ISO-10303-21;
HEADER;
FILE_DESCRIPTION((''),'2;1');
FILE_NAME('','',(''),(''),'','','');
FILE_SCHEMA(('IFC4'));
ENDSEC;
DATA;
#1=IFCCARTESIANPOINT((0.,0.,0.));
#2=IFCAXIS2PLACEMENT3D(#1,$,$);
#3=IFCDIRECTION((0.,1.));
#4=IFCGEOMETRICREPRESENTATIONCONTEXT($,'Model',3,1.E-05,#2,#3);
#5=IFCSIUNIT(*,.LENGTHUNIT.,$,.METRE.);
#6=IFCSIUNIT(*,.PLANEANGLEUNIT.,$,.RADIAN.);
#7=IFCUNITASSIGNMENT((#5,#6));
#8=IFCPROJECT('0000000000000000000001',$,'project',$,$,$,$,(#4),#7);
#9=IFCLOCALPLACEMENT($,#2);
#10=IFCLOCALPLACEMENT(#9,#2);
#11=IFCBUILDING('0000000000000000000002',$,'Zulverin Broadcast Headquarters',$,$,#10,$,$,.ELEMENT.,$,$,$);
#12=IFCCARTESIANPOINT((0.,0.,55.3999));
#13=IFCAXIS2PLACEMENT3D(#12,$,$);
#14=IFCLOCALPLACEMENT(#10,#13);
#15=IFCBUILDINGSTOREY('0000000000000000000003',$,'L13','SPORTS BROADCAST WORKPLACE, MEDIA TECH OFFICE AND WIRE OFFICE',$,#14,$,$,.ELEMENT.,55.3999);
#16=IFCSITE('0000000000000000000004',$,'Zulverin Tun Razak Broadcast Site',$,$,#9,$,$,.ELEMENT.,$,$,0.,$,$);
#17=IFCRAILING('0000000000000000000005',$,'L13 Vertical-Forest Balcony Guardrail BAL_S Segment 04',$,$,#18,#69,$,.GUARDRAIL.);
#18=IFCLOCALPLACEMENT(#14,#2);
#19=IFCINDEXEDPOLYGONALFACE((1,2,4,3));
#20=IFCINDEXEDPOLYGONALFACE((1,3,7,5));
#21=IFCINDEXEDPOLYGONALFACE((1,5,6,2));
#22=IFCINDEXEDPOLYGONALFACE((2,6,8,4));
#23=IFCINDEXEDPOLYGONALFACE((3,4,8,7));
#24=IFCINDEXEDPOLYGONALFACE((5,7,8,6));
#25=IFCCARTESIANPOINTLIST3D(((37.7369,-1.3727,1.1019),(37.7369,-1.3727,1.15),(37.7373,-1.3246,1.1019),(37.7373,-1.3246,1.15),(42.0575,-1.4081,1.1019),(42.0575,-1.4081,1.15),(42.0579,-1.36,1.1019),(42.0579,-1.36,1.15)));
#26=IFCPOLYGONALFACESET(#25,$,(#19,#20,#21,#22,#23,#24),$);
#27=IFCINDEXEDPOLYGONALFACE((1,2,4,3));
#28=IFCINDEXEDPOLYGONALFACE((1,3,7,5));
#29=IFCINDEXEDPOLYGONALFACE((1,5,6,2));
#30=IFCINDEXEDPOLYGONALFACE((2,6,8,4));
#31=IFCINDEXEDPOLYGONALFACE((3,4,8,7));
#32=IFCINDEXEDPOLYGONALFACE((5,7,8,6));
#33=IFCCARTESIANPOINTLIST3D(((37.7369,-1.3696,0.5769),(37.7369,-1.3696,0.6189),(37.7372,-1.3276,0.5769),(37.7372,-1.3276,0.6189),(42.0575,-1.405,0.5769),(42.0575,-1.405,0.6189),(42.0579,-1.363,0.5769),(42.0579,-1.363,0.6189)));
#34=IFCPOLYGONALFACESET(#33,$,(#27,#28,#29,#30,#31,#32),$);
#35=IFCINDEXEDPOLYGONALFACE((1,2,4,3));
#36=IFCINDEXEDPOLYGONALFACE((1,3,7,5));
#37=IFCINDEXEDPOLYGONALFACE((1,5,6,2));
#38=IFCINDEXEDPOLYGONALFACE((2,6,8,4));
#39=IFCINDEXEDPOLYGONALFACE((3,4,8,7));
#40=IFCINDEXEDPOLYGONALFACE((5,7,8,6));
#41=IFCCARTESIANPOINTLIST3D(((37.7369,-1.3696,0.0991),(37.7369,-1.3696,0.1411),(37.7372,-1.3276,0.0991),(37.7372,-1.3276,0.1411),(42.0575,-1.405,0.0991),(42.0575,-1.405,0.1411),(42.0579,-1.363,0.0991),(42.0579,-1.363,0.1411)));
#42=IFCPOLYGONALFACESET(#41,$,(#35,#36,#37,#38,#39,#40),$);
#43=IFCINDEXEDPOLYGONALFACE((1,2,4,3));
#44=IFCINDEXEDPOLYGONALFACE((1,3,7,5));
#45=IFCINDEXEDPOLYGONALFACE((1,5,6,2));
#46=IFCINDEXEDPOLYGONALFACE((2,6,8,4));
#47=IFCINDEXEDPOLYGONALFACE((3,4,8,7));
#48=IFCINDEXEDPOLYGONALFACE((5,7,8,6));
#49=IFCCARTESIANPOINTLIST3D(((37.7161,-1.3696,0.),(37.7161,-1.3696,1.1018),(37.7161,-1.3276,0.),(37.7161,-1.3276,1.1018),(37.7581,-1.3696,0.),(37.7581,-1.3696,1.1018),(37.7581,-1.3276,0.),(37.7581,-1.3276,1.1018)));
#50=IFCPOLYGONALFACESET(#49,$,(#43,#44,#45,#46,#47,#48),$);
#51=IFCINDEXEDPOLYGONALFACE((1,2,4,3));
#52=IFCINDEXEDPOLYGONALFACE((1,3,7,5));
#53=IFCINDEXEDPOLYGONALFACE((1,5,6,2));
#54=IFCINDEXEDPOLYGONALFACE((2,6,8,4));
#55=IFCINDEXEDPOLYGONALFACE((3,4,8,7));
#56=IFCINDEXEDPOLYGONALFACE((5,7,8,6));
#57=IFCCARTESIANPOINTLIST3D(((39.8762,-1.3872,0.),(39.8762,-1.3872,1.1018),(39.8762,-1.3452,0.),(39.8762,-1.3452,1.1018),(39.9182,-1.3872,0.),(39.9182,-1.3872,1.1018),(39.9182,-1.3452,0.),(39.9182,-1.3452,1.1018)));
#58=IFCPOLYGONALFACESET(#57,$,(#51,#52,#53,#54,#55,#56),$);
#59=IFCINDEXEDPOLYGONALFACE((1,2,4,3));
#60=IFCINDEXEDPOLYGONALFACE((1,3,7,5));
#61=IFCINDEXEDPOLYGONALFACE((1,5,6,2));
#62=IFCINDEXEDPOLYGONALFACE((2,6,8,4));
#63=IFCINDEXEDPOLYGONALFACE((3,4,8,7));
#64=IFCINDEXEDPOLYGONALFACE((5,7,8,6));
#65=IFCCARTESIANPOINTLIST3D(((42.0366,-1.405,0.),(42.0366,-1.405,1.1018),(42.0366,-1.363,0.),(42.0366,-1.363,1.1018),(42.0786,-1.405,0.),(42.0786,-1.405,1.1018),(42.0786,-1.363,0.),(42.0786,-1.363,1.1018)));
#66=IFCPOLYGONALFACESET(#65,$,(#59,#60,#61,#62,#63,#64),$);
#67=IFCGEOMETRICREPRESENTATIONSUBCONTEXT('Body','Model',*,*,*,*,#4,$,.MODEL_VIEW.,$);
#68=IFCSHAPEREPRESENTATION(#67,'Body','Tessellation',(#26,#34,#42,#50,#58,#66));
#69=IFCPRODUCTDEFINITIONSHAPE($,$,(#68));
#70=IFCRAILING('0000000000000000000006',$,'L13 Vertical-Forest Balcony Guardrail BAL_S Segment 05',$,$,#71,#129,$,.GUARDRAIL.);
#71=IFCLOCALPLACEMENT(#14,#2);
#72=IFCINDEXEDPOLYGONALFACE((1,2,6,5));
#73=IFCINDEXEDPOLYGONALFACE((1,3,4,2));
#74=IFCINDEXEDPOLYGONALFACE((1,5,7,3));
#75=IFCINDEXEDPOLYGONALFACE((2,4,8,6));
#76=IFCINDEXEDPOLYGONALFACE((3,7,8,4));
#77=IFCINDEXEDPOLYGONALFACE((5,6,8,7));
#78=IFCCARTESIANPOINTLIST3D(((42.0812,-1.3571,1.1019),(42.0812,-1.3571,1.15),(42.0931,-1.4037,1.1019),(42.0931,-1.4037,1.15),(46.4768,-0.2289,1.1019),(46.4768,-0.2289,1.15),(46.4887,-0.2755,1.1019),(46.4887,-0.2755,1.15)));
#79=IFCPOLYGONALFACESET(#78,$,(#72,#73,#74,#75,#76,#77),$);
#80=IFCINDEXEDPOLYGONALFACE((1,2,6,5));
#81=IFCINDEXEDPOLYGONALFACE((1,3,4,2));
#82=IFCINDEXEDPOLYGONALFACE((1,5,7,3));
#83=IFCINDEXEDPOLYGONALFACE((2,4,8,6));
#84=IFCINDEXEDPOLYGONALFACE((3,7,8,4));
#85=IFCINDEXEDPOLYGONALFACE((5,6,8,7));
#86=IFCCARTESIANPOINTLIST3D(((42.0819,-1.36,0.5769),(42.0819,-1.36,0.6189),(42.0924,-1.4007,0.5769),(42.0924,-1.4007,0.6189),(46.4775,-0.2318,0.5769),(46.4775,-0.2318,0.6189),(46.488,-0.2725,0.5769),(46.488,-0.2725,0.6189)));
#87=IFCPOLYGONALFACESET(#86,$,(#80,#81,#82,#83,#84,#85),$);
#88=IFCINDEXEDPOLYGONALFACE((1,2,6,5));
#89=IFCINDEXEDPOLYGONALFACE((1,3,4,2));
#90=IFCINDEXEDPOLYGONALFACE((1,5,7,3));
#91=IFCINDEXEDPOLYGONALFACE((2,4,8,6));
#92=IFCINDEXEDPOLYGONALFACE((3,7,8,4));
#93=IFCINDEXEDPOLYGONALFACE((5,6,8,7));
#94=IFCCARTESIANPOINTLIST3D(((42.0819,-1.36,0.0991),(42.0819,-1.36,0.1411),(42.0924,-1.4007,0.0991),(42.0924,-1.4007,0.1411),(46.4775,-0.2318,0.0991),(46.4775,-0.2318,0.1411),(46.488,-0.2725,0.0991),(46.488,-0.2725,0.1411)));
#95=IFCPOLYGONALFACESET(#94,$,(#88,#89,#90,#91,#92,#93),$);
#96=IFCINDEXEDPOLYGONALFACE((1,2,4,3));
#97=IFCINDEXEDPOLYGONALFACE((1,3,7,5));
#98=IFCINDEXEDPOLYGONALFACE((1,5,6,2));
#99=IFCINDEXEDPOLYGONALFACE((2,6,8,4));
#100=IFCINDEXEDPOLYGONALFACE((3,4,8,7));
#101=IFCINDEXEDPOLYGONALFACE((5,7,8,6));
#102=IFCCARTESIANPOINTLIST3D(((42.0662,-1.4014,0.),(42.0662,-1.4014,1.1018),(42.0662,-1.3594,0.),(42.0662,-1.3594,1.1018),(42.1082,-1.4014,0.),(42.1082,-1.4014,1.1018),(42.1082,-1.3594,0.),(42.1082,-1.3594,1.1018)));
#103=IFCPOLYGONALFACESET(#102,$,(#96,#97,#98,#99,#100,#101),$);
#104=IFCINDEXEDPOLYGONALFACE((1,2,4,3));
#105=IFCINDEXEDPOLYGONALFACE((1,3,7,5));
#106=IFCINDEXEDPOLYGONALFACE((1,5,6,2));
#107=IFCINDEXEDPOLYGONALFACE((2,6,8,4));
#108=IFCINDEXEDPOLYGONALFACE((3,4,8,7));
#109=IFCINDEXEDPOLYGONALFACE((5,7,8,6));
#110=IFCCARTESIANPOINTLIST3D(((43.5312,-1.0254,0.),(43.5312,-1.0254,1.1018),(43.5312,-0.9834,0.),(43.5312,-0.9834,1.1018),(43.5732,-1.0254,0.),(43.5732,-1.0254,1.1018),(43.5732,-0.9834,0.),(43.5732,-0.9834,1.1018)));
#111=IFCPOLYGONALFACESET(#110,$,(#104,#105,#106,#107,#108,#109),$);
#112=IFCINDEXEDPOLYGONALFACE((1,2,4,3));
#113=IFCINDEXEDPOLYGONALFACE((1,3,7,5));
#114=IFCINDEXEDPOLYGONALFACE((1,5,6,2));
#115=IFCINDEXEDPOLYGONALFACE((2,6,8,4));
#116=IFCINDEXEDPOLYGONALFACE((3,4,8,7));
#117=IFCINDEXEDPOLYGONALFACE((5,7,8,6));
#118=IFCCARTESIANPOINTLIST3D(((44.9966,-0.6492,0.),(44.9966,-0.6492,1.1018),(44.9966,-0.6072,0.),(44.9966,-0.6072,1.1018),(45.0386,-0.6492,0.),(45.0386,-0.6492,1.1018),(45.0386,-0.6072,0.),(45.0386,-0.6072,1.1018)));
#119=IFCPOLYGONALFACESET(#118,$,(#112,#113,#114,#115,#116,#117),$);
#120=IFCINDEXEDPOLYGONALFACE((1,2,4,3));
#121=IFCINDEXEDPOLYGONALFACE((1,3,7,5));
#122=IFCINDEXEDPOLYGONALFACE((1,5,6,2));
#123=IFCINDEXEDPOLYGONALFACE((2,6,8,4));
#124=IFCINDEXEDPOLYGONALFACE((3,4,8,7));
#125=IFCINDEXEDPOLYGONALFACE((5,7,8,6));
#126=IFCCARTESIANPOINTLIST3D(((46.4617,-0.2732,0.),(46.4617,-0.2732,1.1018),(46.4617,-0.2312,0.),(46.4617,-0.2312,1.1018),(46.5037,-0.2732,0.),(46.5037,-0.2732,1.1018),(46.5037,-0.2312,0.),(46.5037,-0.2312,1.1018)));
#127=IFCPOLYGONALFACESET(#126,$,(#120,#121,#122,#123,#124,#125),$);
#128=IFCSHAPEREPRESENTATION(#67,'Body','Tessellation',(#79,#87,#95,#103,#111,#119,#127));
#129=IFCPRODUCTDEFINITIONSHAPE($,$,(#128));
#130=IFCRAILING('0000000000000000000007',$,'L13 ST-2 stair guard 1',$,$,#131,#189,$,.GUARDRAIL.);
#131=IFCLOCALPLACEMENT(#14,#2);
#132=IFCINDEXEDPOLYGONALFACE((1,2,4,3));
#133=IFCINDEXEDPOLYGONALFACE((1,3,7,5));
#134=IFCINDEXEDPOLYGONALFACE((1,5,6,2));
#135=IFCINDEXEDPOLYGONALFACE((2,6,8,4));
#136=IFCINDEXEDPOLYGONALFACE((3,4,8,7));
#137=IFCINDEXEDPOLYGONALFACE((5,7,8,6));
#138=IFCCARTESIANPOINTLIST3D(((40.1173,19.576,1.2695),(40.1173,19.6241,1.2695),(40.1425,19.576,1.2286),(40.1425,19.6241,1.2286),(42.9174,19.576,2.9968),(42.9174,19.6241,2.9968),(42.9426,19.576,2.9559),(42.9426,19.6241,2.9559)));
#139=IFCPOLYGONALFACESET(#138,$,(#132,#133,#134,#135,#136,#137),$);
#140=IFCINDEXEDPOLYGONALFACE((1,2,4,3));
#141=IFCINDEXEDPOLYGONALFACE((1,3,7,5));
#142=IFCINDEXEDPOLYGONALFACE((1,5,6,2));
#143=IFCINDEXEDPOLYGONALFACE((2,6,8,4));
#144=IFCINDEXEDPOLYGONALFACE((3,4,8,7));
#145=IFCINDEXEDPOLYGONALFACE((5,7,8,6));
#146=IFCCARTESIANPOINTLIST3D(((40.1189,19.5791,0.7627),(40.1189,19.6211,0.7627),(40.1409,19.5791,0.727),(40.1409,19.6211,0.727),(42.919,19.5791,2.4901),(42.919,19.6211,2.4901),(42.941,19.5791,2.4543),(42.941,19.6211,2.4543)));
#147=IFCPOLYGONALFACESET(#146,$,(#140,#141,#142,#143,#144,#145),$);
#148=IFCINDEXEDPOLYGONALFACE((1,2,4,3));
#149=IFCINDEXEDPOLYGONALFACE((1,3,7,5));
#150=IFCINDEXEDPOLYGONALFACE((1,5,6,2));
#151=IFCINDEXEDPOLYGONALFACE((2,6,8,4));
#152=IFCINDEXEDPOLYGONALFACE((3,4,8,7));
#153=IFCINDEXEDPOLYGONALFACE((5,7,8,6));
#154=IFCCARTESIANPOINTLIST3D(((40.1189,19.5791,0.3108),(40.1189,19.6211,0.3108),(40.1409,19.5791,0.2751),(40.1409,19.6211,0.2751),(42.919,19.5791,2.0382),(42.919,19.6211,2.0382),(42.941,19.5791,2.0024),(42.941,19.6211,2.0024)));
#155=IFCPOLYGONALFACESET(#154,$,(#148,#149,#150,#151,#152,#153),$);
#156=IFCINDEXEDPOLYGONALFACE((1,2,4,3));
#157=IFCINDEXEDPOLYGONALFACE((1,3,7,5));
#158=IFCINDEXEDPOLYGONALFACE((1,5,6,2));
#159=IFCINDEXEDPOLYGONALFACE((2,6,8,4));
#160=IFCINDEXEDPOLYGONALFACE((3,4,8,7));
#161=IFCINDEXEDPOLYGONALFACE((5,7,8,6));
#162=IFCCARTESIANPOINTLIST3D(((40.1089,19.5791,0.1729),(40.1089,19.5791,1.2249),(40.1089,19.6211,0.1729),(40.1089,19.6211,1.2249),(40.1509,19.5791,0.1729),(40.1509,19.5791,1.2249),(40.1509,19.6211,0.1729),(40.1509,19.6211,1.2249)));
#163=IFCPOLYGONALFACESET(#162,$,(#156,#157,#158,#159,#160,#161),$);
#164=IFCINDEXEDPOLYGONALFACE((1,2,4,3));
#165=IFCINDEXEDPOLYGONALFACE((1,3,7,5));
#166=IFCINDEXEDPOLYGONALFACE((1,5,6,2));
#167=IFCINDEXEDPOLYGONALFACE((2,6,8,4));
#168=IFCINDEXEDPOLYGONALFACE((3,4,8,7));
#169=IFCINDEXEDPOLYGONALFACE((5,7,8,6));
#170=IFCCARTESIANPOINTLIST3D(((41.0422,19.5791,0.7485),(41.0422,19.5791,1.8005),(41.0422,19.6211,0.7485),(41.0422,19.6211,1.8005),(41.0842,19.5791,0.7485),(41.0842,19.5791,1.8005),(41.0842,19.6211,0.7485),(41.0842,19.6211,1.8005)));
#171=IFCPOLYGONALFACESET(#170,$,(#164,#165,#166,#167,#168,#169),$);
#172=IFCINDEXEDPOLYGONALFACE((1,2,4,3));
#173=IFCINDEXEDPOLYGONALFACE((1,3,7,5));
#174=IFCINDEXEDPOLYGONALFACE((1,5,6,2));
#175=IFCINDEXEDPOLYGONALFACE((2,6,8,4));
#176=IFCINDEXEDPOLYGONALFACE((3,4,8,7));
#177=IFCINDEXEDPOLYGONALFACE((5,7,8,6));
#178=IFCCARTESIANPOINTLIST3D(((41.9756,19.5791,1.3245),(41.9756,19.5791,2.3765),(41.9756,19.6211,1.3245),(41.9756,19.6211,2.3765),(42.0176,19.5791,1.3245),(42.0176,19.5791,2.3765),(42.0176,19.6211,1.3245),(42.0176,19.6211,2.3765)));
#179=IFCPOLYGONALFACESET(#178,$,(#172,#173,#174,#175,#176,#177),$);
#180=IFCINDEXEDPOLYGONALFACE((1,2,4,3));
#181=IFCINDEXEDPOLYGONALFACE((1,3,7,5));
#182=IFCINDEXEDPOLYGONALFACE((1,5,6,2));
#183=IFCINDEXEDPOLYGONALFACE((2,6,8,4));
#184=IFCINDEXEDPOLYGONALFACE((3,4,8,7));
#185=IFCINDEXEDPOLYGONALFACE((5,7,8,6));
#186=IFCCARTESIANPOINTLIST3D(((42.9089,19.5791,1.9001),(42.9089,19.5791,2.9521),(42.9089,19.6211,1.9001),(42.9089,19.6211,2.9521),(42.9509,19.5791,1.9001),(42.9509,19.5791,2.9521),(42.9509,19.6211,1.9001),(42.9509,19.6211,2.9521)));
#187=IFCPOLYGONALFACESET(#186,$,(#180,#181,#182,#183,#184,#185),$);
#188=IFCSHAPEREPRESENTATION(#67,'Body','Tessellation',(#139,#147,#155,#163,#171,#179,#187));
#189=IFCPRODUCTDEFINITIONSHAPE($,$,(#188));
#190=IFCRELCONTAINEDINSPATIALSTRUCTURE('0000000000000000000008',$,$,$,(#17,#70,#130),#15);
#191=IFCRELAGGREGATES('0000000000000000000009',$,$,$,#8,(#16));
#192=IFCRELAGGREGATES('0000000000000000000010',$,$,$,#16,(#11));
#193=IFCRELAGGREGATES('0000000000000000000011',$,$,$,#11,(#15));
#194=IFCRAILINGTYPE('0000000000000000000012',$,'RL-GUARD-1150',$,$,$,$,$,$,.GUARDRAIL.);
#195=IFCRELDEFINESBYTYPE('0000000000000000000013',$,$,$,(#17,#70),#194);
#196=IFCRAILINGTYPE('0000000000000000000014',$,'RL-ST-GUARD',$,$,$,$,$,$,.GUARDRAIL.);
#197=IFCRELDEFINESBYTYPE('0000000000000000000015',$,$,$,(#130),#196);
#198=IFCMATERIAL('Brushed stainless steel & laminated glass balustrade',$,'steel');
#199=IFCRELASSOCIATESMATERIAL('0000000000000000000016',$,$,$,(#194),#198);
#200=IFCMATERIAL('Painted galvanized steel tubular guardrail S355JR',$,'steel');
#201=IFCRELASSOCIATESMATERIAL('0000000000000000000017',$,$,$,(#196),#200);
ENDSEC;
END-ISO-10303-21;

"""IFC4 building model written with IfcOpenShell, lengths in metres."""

from ifc_helpers import new_model, si_unit, direction, frame, origin, origin_2d, place, context, subcontext, project, spatial, rectangle, extrude, material, type_object, element, save


model = new_model("IFC4")

# Units and contexts
model_context = context("Model", 3, precision=1e-05, world=origin(), true_north=direction((0.0, 1.0)))
body_context = subcontext(model_context, "Body", "Model", "MODEL_VIEW")
ifc_project = project(units=[si_unit("LENGTHUNIT", "METRE"), si_unit("PLANEANGLEUNIT", "RADIAN")], contexts=[model_context])

# Site, building, storey
site_placement = place(None, origin())
site = spatial("IfcSite", under=ifc_project, at=site_placement, Name="Zulverin Tun Razak Broadcast Site", CompositionType="ELEMENT", RefElevation=0.0)
building_placement = place(site_placement, origin())
building = spatial("IfcBuilding", under=site, at=building_placement, Name="Zulverin Broadcast Headquarters", CompositionType="ELEMENT")
storey_placement = place(building_placement, frame((0.0, 0.0, 55.3999)))
storey = spatial("IfcBuildingStorey", under=building, at=storey_placement, Name="L13", Description="SPORTS BROADCAST WORKPLACE, MEDIA TECH OFFICE AND WIRE OFFICE", CompositionType="ELEMENT", Elevation=55.3999)

# Railings
ifc_material_1 = material(Name="Brushed stainless steel & laminated glass balustrade", Category="steel")
railing_type_1 = type_object("IfcRailingType", Name="RL-GUARD-1150", PredefinedType="GUARDRAIL", material=ifc_material_1)
railing_1_placement = place(storey_placement, frame((37.7371, -1.3486, 0.0)))
element("IfcRailing", 1, at=railing_1_placement, inside=storey, type_object=railing_type_1, Name="L13 Vertical-Forest Balcony Guardrail BAL_S Segment 04", PredefinedType="GUARDRAIL", context=body_context, shape_type="SweptSolid", body=[
    extrude(rectangle(XDim=0.0481, YDim=0.0481, at=origin_2d()), frame((0.0, 0.0, 1.126), z_axis=(0.999966, -0.008193, 0.0), x_axis=(0.008193, 0.999966, 0.0)), (0.0, 0.0, 1.0), 4.3208),
    extrude(rectangle(XDim=0.042, YDim=0.042, at=origin_2d()), frame((0.0, 0.0, 0.5979), z_axis=(0.999966, -0.008193, 0.0), x_axis=(0.008193, 0.999966, 0.0)), (0.0, 0.0, 1.0), 4.3208),
    extrude(rectangle(XDim=0.042, YDim=0.042, at=origin_2d()), frame((0.0, 0.0, 0.1201), z_axis=(0.999966, -0.008193, 0.0), x_axis=(0.008193, 0.999966, 0.0)), (0.0, 0.0, 1.0), 4.3208),
    extrude(rectangle(XDim=0.042, YDim=0.042, at=origin_2d()), origin(), (0.0, 0.0, 1.0), 1.1018),
    extrude(rectangle(XDim=0.042, YDim=0.042, at=origin_2d()), frame((2.1602, -0.0176, 0.0)), (0.0, 0.0, 1.0), 1.1018),
    extrude(rectangle(XDim=0.042, YDim=0.042, at=origin_2d()), frame((4.3206, -0.0354, 0.0)), (0.0, 0.0, 1.0), 1.1018),
])
railing_2_placement = place(storey_placement, frame((42.0872, -1.3804, 0.0)))
element("IfcRailing", 2, at=railing_2_placement, inside=storey, type_object=railing_type_1, Name="L13 Vertical-Forest Balcony Guardrail BAL_S Segment 05", PredefinedType="GUARDRAIL", context=body_context, shape_type="SweptSolid", body=[
    extrude(rectangle(XDim=0.0481, YDim=0.0481, at=origin_2d()), frame((0.0, 0.0, 1.126), z_axis=(0.968604, 0.248607, 0.0), x_axis=(-0.248607, 0.968604, 0.0)), (0.0, 0.0, 1.0), 4.5381),
    extrude(rectangle(XDim=0.042, YDim=0.042, at=origin_2d()), frame((0.0, 0.0, 0.5979), z_axis=(0.968604, 0.248607, 0.0), x_axis=(-0.248607, 0.968604, 0.0)), (0.0, 0.0, 1.0), 4.5381),
    extrude(rectangle(XDim=0.042, YDim=0.042, at=origin_2d()), frame((0.0, 0.0, 0.1201), z_axis=(0.968604, 0.248607, 0.0), x_axis=(-0.248607, 0.968604, 0.0)), (0.0, 0.0, 1.0), 4.5381),
    extrude(rectangle(XDim=0.042, YDim=0.042, at=origin_2d()), origin(), (0.0, 0.0, 1.0), 1.1018),
    extrude(rectangle(XDim=0.042, YDim=0.042, at=origin_2d()), frame((1.4651, 0.376, 0.0)), (0.0, 0.0, 1.0), 1.1018),
    extrude(rectangle(XDim=0.042, YDim=0.042, at=origin_2d()), frame((2.9304, 0.7522, 0.0)), (0.0, 0.0, 1.0), 1.1018),
    extrude(rectangle(XDim=0.042, YDim=0.042, at=origin_2d()), frame((4.3955, 1.1282, 0.0)), (0.0, 0.0, 1.0), 1.1018),
])
ifc_material_2 = material(Name="Painted galvanized steel tubular guardrail S355JR", Category="steel")
railing_type_2 = type_object("IfcRailingType", Name="RL-ST-GUARD", PredefinedType="GUARDRAIL", material=ifc_material_2)
railing_3_placement = place(storey_placement, frame((40.1299, 19.6001, 0.1729)))
element("IfcRailing", 3, at=railing_3_placement, inside=storey, type_object=railing_type_2, Name="L13 ST-2 stair guard 1", PredefinedType="GUARDRAIL", context=body_context, shape_type="SweptSolid", body=[
    extrude(rectangle(XDim=0.0481, YDim=0.0481, at=origin_2d()), frame((0.0, 0.0, 1.0762), z_axis=(0.85109, 0.0, 0.52502), x_axis=(0.0, 1.0, 0.0)), (0.0, 0.0, 1.0), 3.29),
    extrude(rectangle(XDim=0.042, YDim=0.042, at=origin_2d()), frame((0.0, 0.0, 0.572), z_axis=(0.85109, 0.0, 0.52502), x_axis=(0.0, 1.0, 0.0)), (0.0, 0.0, 1.0), 3.29),
    extrude(rectangle(XDim=0.042, YDim=0.042, at=origin_2d()), frame((0.0, 0.0, 0.1201), z_axis=(0.85109, 0.0, 0.52502), x_axis=(0.0, 1.0, 0.0)), (0.0, 0.0, 1.0), 3.29),
    extrude(rectangle(XDim=0.042, YDim=0.042, at=origin_2d()), origin(), (0.0, 0.0, 1.0), 1.052),
    extrude(rectangle(XDim=0.042, YDim=0.042, at=origin_2d()), frame((0.9333, 0.0, 0.5757)), (0.0, 0.0, 1.0), 1.052),
    extrude(rectangle(XDim=0.042, YDim=0.042, at=origin_2d()), frame((1.8667, 0.0, 1.1516)), (0.0, 0.0, 1.0), 1.052),
    extrude(rectangle(XDim=0.042, YDim=0.042, at=origin_2d()), frame((2.8, 0.0, 1.7273)), (0.0, 0.0, 1.0), 1.052),
])

save(model, "model.ifc")
